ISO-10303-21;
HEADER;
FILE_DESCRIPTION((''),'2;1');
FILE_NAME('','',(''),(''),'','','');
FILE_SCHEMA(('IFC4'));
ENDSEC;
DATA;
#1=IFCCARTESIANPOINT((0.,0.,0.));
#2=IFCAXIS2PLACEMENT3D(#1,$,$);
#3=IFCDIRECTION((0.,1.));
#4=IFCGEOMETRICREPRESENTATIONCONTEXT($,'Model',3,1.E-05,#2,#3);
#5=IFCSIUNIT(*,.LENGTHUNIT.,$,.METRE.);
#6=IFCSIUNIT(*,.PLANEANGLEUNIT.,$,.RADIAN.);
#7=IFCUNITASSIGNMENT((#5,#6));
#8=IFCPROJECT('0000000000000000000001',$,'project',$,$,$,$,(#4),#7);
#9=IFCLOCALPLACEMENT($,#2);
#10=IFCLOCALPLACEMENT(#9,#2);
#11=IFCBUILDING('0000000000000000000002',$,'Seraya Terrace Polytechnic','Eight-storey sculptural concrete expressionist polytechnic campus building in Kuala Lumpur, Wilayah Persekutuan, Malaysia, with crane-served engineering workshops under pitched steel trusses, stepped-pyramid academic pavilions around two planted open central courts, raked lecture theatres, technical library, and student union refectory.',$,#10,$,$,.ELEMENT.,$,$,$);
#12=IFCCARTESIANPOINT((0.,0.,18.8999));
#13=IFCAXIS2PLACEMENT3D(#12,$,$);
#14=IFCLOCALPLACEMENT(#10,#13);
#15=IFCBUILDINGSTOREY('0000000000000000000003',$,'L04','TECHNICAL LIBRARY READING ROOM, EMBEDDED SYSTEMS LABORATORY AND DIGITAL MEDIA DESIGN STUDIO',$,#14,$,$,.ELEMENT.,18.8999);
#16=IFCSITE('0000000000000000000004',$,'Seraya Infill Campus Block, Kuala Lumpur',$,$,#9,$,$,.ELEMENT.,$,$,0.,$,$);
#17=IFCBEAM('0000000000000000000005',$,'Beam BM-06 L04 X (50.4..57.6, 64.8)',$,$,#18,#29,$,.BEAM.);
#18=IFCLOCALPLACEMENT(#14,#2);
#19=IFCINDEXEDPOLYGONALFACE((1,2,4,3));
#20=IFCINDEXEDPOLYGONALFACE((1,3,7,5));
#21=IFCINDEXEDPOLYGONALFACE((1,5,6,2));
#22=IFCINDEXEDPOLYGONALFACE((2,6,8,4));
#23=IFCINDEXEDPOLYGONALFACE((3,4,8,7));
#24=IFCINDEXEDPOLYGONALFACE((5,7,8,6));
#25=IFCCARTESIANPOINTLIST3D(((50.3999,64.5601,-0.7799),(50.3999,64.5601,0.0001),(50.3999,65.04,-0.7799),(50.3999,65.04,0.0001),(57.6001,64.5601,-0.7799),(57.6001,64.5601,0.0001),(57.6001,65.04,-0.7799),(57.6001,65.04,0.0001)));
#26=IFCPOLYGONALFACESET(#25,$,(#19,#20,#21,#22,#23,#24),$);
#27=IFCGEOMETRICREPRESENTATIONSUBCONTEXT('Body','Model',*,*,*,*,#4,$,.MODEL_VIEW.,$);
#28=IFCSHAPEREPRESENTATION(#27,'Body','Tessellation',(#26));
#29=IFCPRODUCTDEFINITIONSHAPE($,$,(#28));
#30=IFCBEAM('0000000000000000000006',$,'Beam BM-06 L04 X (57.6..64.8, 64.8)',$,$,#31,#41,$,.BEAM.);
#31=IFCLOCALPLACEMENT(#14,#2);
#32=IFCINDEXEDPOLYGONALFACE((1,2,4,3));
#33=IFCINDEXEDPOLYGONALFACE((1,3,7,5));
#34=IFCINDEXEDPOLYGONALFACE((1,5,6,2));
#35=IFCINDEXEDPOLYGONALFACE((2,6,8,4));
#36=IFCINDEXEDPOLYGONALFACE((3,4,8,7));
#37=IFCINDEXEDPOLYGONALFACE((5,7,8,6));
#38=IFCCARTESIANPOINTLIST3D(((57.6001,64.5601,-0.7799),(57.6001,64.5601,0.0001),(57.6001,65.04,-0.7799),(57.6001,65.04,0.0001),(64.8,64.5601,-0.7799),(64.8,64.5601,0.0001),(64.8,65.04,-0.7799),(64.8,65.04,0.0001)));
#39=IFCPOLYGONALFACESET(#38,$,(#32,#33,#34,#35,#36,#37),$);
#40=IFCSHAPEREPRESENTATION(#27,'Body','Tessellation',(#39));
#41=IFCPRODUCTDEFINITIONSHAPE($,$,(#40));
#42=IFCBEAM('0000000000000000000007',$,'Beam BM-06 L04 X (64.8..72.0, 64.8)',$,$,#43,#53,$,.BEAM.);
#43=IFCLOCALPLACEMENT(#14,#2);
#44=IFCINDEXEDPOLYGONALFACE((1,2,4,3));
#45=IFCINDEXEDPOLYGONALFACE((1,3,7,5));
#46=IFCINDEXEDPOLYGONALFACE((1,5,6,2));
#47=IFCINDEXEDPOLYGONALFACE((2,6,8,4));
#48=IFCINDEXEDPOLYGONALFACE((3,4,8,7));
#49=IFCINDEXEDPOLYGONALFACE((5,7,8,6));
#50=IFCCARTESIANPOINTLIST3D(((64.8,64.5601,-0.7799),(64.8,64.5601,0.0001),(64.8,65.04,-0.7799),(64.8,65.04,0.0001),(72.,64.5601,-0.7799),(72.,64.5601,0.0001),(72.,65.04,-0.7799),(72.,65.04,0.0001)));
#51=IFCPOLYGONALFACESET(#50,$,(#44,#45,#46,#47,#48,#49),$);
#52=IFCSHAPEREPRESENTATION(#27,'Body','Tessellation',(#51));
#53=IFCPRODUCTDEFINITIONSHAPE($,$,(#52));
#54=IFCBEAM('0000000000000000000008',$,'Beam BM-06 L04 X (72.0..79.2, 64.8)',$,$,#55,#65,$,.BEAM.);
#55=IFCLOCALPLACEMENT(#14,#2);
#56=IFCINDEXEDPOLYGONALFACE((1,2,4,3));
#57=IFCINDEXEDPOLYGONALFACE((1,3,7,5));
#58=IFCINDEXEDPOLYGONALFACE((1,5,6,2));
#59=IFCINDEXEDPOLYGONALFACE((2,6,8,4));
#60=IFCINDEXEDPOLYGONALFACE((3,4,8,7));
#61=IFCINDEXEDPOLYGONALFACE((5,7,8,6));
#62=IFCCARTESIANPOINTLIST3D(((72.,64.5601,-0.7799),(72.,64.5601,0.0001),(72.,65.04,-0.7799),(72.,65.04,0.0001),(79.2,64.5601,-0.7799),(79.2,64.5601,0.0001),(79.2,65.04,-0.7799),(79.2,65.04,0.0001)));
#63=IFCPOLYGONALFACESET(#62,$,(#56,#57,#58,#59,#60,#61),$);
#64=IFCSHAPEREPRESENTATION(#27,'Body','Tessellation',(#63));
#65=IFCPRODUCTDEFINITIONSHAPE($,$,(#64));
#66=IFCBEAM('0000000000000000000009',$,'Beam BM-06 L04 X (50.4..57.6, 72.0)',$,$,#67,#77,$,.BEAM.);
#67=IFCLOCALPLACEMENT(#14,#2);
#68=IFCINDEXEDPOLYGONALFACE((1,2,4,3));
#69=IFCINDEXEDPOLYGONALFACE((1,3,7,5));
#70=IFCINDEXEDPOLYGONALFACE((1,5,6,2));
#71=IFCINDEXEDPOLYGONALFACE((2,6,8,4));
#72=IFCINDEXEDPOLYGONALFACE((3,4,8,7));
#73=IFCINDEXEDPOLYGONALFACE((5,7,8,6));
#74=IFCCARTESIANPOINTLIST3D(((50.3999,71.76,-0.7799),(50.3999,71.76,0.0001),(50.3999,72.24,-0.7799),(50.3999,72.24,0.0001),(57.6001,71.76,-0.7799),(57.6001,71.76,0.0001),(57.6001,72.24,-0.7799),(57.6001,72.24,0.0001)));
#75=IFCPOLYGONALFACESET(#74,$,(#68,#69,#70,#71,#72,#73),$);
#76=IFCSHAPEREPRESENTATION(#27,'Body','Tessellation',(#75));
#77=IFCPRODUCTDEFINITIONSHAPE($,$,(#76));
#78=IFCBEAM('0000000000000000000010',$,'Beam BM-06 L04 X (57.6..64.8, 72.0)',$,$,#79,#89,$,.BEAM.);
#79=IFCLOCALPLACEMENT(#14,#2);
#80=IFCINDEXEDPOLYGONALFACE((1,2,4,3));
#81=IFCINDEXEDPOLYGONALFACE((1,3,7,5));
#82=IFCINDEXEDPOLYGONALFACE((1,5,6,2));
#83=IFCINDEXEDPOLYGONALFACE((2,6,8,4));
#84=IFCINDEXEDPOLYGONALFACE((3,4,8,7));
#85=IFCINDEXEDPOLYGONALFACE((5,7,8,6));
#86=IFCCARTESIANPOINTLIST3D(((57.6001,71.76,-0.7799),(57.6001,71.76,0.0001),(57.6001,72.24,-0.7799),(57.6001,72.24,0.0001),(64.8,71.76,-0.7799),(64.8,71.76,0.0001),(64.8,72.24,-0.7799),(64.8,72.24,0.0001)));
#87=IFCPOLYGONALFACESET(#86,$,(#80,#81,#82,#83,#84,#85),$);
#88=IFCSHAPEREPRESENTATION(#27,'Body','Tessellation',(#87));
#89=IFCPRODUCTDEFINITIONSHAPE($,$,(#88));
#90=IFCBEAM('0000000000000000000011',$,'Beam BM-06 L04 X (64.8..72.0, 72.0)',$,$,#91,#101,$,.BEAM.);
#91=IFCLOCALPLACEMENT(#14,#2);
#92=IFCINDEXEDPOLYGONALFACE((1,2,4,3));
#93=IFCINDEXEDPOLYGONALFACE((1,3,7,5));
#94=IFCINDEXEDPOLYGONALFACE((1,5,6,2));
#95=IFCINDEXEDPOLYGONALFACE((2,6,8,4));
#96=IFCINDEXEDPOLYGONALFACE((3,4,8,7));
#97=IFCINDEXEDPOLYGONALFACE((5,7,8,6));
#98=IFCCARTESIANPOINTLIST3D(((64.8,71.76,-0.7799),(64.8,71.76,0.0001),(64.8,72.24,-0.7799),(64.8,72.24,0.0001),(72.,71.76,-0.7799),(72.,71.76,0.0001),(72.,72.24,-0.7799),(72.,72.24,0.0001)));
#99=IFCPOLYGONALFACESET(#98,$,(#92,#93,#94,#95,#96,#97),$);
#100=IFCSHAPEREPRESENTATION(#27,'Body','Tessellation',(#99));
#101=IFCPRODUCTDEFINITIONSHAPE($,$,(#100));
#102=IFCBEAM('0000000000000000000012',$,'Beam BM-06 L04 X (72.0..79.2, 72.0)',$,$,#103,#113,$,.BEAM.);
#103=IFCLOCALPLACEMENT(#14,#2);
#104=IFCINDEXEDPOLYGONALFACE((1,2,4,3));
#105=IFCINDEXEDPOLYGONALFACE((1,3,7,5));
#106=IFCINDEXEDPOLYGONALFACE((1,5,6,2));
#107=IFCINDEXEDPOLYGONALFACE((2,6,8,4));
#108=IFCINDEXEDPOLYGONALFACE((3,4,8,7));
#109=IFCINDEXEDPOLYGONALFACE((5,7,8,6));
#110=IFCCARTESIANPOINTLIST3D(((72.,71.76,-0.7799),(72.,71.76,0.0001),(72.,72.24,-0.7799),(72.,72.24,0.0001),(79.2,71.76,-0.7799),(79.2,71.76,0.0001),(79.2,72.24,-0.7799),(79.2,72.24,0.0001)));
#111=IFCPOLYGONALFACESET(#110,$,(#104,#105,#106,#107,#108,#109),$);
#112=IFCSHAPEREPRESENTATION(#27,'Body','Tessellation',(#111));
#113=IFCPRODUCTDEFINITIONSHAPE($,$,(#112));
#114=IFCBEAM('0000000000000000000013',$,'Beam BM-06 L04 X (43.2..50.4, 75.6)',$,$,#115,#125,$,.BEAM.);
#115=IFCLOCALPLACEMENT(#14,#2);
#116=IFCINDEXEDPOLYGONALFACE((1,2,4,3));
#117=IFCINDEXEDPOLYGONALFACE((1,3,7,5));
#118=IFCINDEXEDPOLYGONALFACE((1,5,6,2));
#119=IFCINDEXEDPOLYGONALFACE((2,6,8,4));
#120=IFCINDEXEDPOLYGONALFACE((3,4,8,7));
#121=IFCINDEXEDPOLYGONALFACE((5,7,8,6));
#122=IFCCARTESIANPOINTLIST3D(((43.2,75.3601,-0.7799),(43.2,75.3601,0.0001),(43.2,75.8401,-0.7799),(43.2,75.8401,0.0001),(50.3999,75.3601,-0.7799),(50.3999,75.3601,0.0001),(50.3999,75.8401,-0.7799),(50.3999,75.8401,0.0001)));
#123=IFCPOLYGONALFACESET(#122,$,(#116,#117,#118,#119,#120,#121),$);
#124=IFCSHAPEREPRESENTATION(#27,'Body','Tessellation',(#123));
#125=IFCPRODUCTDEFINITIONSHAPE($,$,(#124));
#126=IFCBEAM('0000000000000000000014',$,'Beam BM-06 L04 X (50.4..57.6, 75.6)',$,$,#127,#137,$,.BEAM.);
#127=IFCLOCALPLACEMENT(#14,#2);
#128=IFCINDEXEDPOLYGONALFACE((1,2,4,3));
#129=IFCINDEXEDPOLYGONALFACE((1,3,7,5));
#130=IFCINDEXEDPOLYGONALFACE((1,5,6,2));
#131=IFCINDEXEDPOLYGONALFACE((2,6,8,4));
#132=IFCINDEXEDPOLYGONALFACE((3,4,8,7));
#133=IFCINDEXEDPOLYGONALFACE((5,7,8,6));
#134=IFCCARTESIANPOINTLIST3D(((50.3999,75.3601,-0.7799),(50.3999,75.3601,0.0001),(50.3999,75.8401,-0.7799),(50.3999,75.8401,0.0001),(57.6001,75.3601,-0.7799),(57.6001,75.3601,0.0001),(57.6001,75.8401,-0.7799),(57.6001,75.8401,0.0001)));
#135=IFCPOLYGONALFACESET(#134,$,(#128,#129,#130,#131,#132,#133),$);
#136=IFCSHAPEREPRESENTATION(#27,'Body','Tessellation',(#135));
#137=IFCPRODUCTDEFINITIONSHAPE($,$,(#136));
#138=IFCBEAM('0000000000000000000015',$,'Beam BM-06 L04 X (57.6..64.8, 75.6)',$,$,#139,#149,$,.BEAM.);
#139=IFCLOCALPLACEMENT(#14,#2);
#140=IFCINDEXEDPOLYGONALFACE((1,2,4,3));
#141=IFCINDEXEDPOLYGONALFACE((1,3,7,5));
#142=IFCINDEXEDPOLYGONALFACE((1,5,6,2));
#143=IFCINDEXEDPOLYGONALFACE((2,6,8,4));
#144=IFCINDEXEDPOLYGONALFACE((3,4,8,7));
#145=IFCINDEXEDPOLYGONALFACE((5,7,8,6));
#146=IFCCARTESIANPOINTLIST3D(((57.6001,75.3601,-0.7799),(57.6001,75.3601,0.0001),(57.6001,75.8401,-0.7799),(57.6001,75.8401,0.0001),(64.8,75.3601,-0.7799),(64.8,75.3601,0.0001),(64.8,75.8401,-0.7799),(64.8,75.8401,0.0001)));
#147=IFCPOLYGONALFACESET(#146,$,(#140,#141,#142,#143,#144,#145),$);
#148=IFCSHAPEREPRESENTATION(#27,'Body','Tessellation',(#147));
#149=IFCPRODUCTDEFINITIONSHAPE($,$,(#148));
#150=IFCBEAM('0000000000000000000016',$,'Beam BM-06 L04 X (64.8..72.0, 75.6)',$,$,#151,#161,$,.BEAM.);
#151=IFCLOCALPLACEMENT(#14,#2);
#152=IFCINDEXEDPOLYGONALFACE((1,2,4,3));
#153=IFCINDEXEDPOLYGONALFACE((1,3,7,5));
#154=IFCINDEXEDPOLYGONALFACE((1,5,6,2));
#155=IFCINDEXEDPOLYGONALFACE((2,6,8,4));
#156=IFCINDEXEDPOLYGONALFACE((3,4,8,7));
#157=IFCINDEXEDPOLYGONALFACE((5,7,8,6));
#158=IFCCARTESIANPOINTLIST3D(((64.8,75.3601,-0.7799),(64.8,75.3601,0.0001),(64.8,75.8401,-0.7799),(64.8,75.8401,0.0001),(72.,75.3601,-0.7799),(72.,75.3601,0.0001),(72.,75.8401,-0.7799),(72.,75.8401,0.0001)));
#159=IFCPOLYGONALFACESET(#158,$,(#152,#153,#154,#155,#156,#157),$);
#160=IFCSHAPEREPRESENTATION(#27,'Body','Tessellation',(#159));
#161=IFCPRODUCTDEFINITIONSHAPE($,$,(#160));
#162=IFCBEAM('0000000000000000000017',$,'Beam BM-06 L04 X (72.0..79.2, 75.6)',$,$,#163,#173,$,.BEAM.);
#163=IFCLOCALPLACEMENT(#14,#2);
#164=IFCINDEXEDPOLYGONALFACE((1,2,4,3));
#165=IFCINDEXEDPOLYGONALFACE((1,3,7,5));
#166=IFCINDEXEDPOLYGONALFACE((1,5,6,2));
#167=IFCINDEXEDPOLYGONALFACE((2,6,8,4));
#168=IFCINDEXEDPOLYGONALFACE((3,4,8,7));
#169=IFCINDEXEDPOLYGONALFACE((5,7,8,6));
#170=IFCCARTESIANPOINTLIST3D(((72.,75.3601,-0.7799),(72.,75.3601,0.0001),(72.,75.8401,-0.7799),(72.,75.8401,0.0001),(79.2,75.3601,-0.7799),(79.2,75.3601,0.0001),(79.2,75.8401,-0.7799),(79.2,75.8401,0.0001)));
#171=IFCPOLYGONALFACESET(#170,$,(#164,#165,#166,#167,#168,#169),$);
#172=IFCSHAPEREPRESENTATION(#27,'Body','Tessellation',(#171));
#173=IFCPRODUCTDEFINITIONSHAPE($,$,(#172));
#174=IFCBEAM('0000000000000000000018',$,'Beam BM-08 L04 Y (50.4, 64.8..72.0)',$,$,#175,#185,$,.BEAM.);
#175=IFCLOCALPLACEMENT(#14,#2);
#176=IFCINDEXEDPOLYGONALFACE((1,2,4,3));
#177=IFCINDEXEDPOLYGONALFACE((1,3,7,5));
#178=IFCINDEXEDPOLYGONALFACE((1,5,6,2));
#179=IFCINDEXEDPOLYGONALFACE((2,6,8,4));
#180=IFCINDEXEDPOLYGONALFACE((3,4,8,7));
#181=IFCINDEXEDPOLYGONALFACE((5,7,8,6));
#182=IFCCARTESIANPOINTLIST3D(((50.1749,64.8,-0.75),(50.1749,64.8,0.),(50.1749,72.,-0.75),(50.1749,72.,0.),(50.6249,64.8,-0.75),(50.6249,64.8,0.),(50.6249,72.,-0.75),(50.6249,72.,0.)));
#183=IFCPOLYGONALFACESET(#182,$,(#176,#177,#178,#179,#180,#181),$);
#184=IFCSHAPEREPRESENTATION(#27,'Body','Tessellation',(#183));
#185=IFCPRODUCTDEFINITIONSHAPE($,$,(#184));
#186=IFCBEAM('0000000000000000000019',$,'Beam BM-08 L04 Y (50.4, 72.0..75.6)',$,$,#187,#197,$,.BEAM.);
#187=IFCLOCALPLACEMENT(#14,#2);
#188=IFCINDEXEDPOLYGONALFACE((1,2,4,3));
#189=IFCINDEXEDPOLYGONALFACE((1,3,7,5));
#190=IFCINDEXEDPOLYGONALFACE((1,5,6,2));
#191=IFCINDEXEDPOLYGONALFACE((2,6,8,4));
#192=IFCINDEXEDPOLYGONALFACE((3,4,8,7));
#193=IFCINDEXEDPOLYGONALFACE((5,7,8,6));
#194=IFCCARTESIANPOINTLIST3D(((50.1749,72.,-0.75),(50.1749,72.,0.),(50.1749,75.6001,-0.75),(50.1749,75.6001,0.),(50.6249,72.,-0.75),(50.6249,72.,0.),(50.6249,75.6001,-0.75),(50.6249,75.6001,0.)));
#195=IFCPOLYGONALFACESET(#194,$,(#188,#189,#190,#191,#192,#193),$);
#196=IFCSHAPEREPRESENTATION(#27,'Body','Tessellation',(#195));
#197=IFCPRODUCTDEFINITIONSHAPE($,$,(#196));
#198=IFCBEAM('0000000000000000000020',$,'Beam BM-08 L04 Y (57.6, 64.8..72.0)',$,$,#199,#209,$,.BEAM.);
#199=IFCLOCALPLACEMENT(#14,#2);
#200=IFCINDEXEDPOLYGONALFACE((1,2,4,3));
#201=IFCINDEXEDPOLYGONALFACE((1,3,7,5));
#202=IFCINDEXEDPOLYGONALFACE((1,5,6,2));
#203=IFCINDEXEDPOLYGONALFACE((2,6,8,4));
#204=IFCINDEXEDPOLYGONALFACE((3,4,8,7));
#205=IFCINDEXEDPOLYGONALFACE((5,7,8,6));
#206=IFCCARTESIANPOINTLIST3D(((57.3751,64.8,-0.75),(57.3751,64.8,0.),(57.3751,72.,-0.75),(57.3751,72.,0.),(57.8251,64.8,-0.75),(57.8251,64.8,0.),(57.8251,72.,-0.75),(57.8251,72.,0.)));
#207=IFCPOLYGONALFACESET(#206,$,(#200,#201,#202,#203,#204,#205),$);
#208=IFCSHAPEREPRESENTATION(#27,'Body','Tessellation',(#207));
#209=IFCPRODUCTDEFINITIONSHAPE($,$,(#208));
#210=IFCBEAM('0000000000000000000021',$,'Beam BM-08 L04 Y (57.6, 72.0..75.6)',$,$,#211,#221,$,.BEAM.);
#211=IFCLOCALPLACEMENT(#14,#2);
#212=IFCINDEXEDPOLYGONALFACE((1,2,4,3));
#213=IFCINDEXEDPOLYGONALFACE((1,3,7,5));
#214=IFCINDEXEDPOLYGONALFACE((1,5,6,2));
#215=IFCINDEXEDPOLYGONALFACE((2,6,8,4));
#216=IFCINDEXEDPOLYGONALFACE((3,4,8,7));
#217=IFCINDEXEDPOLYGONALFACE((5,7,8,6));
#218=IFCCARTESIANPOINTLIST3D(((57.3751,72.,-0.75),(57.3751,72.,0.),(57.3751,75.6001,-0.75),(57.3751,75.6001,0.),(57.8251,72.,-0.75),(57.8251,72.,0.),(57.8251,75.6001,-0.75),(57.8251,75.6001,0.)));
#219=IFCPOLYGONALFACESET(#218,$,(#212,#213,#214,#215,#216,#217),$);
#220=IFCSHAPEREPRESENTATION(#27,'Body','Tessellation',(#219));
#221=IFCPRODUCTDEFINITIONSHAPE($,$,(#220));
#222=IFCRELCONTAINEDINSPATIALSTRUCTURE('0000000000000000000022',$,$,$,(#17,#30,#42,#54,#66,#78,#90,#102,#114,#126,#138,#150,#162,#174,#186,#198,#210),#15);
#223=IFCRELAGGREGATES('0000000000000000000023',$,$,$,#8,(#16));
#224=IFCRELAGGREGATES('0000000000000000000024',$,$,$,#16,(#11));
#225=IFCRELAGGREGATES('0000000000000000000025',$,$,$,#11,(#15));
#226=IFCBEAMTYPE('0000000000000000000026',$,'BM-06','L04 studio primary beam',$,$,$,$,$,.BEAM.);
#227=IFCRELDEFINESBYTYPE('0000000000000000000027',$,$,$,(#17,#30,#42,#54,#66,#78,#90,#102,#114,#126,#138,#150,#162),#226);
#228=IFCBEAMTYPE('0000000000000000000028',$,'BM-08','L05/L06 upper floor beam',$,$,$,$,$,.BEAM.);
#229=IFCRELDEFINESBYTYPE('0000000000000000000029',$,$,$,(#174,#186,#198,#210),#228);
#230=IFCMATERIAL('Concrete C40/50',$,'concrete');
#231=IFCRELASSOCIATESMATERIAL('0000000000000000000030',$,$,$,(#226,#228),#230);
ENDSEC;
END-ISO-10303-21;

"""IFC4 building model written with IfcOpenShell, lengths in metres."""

from ifc_helpers import new_model, si_unit, direction, frame, origin, origin_2d, place, context, subcontext, project, spatial, rectangle, extrude, material, material_profile, profile_set, type_object, element, save


model = new_model("IFC4")

# Units and contexts
model_context = context("Model", 3, precision=1e-05, world=origin(), true_north=direction((0.0, 1.0)))
body_context = subcontext(model_context, "Body", "Model", "MODEL_VIEW")
ifc_project = project(units=[si_unit("LENGTHUNIT", "METRE"), si_unit("PLANEANGLEUNIT", "RADIAN")], contexts=[model_context])

# Site, building, storey
site_placement = place(None, origin())
site = spatial("IfcSite", under=ifc_project, at=site_placement, Name="Seraya Infill Campus Block, Kuala Lumpur", CompositionType="ELEMENT", RefElevation=0.0)
building_placement = place(site_placement, origin())
building = spatial("IfcBuilding", under=site, at=building_placement, Name="Seraya Terrace Polytechnic", Description="Eight-storey sculptural concrete expressionist polytechnic campus building in Kuala Lumpur, Wilayah Persekutuan, Malaysia, with crane-served engineering workshops under pitched steel trusses, stepped-pyramid academic pavilions around two planted open central courts, raked lecture theatres, technical library, and student union refectory.", CompositionType="ELEMENT")
storey_placement = place(building_placement, frame((0.0, 0.0, 18.8999)))
storey = spatial("IfcBuildingStorey", under=building, at=storey_placement, Name="L04", Description="TECHNICAL LIBRARY READING ROOM, EMBEDDED SYSTEMS LABORATORY AND DIGITAL MEDIA DESIGN STUDIO", CompositionType="ELEMENT", Elevation=18.8999)

# Beams
ifc_material_1 = material(Name="Concrete C40/50", Category="concrete")
ifc_material_profile_1 = material_profile(ifc_material_1, rectangle(XDim=0.48, YDim=0.78, at=origin_2d()), Name="RC 480x780")
ifc_profile_set_1 = profile_set([ifc_material_profile_1], Name="Concrete C40/50")
beam_type_1 = type_object("IfcBeamType", Name="BM-06", Description="L04 studio primary beam", PredefinedType="BEAM", material=ifc_profile_set_1)
beam_1_placement = place(storey_placement, frame((50.3999, 64.8, -0.3899), z_axis=(1.0, 0.0, 0.0), x_axis=(0.0, 1.0, 0.0)))
element("IfcBeam", 1, at=beam_1_placement, inside=storey, type_object=beam_type_1, Name="Beam BM-06 L04 X (50.4..57.6, 64.8)", PredefinedType="BEAM", context=body_context, shape_type="SweptSolid", body=[
    extrude(rectangle(XDim=0.48, YDim=0.78, at=origin_2d()), origin(), (0.0, 0.0, 1.0), 7.2002),
])
for number, where, z_axis, x_axis, name in (
    (2, (57.6001, 64.8, -0.3899), (1.0, 0.0, 0.0), (0.0, 1.0, 0.0), "Beam BM-06 L04 X (57.6..64.8, 64.8)"),
    (3, (64.8, 64.8, -0.3899), (1.0, 0.0, 0.0), (0.0, 1.0, 0.0), "Beam BM-06 L04 X (64.8..72.0, 64.8)"),
    (4, (72.0, 64.8, -0.3899), (1.0, 0.0, 0.0), (0.0, 1.0, 0.0), "Beam BM-06 L04 X (72.0..79.2, 64.8)"),
):
    element("IfcBeam", number, at=place(storey_placement, frame(where, z_axis=z_axis, x_axis=x_axis)), inside=storey, type_object=beam_type_1, Name=name, PredefinedType="BEAM", context=body_context, shape_type="SweptSolid", body=[
        extrude(rectangle(XDim=0.48, YDim=0.78, at=origin_2d()), origin(), (0.0, 0.0, 1.0), 7.2),
    ])
beam_2_placement = place(storey_placement, frame((50.3999, 72.0, -0.3899), z_axis=(1.0, 0.0, 0.0), x_axis=(0.0, 1.0, 0.0)))
element("IfcBeam", 5, at=beam_2_placement, inside=storey, type_object=beam_type_1, Name="Beam BM-06 L04 X (50.4..57.6, 72.0)", PredefinedType="BEAM", context=body_context, shape_type="SweptSolid", body=[
    extrude(rectangle(XDim=0.48, YDim=0.78, at=origin_2d()), origin(), (0.0, 0.0, 1.0), 7.2002),
])
for number, where, z_axis, x_axis, name in (
    (6, (57.6001, 72.0, -0.3899), (1.0, 0.0, 0.0), (0.0, 1.0, 0.0), "Beam BM-06 L04 X (57.6..64.8, 72.0)"),
    (7, (64.8, 72.0, -0.3899), (1.0, 0.0, 0.0), (0.0, 1.0, 0.0), "Beam BM-06 L04 X (64.8..72.0, 72.0)"),
    (8, (72.0, 72.0, -0.3899), (1.0, 0.0, 0.0), (0.0, 1.0, 0.0), "Beam BM-06 L04 X (72.0..79.2, 72.0)"),
    (9, (43.2, 75.6001, -0.3899), (1.0, 0.0, 0.0), (0.0, 1.0, 0.0), "Beam BM-06 L04 X (43.2..50.4, 75.6)"),
):
    element("IfcBeam", number, at=place(storey_placement, frame(where, z_axis=z_axis, x_axis=x_axis)), inside=storey, type_object=beam_type_1, Name=name, PredefinedType="BEAM", context=body_context, shape_type="SweptSolid", body=[
        extrude(rectangle(XDim=0.48, YDim=0.78, at=origin_2d()), origin(), (0.0, 0.0, 1.0), 7.2),
    ])
beam_3_placement = place(storey_placement, frame((50.3999, 75.6001, -0.3899), z_axis=(1.0, 0.0, 0.0), x_axis=(0.0, 1.0, 0.0)))
element("IfcBeam", 10, at=beam_3_placement, inside=storey, type_object=beam_type_1, Name="Beam BM-06 L04 X (50.4..57.6, 75.6)", PredefinedType="BEAM", context=body_context, shape_type="SweptSolid", body=[
    extrude(rectangle(XDim=0.48, YDim=0.78, at=origin_2d()), origin(), (0.0, 0.0, 1.0), 7.2002),
])
for number, where, z_axis, x_axis, name in (
    (11, (57.6001, 75.6001, -0.3899), (1.0, 0.0, 0.0), (0.0, 1.0, 0.0), "Beam BM-06 L04 X (57.6..64.8, 75.6)"),
    (12, (64.8, 75.6001, -0.3899), (1.0, 0.0, 0.0), (0.0, 1.0, 0.0), "Beam BM-06 L04 X (64.8..72.0, 75.6)"),
    (13, (72.0, 75.6001, -0.3899), (1.0, 0.0, 0.0), (0.0, 1.0, 0.0), "Beam BM-06 L04 X (72.0..79.2, 75.6)"),
):
    element("IfcBeam", number, at=place(storey_placement, frame(where, z_axis=z_axis, x_axis=x_axis)), inside=storey, type_object=beam_type_1, Name=name, PredefinedType="BEAM", context=body_context, shape_type="SweptSolid", body=[
        extrude(rectangle(XDim=0.48, YDim=0.78, at=origin_2d()), origin(), (0.0, 0.0, 1.0), 7.2),
    ])
ifc_material_profile_2 = material_profile(ifc_material_1, rectangle(XDim=0.45, YDim=0.75, at=origin_2d()), Name="RC 450x750")
ifc_profile_set_2 = profile_set([ifc_material_profile_2], Name="Concrete C40/50")
beam_type_2 = type_object("IfcBeamType", Name="BM-08", Description="L05/L06 upper floor beam", PredefinedType="BEAM", material=ifc_profile_set_2)
beam_4_placement = place(storey_placement, frame((50.3999, 64.8, -0.375), z_axis=(0.0, 1.0, 0.0), x_axis=(-1.0, 0.0, 0.0)))
element("IfcBeam", 14, at=beam_4_placement, inside=storey, type_object=beam_type_2, Name="Beam BM-08 L04 Y (50.4, 64.8..72.0)", PredefinedType="BEAM", context=body_context, shape_type="SweptSolid", body=[
    extrude(rectangle(XDim=0.45, YDim=0.75, at=origin_2d()), origin(), (0.0, 0.0, 1.0), 7.2),
])
beam_5_placement = place(storey_placement, frame((50.3999, 72.0, -0.375), z_axis=(0.0, 1.0, 0.0), x_axis=(-1.0, 0.0, 0.0)))
element("IfcBeam", 15, at=beam_5_placement, inside=storey, type_object=beam_type_2, Name="Beam BM-08 L04 Y (50.4, 72.0..75.6)", PredefinedType="BEAM", context=body_context, shape_type="SweptSolid", body=[
    extrude(rectangle(XDim=0.45, YDim=0.75, at=origin_2d()), origin(), (0.0, 0.0, 1.0), 3.6001),
])
beam_6_placement = place(storey_placement, frame((57.6001, 64.8, -0.375), z_axis=(0.0, 1.0, 0.0), x_axis=(-1.0, 0.0, 0.0)))
element("IfcBeam", 16, at=beam_6_placement, inside=storey, type_object=beam_type_2, Name="Beam BM-08 L04 Y (57.6, 64.8..72.0)", PredefinedType="BEAM", context=body_context, shape_type="SweptSolid", body=[
    extrude(rectangle(XDim=0.45, YDim=0.75, at=origin_2d()), origin(), (0.0, 0.0, 1.0), 7.2),
])
beam_7_placement = place(storey_placement, frame((57.6001, 72.0, -0.375), z_axis=(0.0, 1.0, 0.0), x_axis=(-1.0, 0.0, 0.0)))
element("IfcBeam", 17, at=beam_7_placement, inside=storey, type_object=beam_type_2, Name="Beam BM-08 L04 Y (57.6, 72.0..75.6)", PredefinedType="BEAM", context=body_context, shape_type="SweptSolid", body=[
    extrude(rectangle(XDim=0.45, YDim=0.75, at=origin_2d()), origin(), (0.0, 0.0, 1.0), 3.6001),
])

save(model, "model.ifc")
